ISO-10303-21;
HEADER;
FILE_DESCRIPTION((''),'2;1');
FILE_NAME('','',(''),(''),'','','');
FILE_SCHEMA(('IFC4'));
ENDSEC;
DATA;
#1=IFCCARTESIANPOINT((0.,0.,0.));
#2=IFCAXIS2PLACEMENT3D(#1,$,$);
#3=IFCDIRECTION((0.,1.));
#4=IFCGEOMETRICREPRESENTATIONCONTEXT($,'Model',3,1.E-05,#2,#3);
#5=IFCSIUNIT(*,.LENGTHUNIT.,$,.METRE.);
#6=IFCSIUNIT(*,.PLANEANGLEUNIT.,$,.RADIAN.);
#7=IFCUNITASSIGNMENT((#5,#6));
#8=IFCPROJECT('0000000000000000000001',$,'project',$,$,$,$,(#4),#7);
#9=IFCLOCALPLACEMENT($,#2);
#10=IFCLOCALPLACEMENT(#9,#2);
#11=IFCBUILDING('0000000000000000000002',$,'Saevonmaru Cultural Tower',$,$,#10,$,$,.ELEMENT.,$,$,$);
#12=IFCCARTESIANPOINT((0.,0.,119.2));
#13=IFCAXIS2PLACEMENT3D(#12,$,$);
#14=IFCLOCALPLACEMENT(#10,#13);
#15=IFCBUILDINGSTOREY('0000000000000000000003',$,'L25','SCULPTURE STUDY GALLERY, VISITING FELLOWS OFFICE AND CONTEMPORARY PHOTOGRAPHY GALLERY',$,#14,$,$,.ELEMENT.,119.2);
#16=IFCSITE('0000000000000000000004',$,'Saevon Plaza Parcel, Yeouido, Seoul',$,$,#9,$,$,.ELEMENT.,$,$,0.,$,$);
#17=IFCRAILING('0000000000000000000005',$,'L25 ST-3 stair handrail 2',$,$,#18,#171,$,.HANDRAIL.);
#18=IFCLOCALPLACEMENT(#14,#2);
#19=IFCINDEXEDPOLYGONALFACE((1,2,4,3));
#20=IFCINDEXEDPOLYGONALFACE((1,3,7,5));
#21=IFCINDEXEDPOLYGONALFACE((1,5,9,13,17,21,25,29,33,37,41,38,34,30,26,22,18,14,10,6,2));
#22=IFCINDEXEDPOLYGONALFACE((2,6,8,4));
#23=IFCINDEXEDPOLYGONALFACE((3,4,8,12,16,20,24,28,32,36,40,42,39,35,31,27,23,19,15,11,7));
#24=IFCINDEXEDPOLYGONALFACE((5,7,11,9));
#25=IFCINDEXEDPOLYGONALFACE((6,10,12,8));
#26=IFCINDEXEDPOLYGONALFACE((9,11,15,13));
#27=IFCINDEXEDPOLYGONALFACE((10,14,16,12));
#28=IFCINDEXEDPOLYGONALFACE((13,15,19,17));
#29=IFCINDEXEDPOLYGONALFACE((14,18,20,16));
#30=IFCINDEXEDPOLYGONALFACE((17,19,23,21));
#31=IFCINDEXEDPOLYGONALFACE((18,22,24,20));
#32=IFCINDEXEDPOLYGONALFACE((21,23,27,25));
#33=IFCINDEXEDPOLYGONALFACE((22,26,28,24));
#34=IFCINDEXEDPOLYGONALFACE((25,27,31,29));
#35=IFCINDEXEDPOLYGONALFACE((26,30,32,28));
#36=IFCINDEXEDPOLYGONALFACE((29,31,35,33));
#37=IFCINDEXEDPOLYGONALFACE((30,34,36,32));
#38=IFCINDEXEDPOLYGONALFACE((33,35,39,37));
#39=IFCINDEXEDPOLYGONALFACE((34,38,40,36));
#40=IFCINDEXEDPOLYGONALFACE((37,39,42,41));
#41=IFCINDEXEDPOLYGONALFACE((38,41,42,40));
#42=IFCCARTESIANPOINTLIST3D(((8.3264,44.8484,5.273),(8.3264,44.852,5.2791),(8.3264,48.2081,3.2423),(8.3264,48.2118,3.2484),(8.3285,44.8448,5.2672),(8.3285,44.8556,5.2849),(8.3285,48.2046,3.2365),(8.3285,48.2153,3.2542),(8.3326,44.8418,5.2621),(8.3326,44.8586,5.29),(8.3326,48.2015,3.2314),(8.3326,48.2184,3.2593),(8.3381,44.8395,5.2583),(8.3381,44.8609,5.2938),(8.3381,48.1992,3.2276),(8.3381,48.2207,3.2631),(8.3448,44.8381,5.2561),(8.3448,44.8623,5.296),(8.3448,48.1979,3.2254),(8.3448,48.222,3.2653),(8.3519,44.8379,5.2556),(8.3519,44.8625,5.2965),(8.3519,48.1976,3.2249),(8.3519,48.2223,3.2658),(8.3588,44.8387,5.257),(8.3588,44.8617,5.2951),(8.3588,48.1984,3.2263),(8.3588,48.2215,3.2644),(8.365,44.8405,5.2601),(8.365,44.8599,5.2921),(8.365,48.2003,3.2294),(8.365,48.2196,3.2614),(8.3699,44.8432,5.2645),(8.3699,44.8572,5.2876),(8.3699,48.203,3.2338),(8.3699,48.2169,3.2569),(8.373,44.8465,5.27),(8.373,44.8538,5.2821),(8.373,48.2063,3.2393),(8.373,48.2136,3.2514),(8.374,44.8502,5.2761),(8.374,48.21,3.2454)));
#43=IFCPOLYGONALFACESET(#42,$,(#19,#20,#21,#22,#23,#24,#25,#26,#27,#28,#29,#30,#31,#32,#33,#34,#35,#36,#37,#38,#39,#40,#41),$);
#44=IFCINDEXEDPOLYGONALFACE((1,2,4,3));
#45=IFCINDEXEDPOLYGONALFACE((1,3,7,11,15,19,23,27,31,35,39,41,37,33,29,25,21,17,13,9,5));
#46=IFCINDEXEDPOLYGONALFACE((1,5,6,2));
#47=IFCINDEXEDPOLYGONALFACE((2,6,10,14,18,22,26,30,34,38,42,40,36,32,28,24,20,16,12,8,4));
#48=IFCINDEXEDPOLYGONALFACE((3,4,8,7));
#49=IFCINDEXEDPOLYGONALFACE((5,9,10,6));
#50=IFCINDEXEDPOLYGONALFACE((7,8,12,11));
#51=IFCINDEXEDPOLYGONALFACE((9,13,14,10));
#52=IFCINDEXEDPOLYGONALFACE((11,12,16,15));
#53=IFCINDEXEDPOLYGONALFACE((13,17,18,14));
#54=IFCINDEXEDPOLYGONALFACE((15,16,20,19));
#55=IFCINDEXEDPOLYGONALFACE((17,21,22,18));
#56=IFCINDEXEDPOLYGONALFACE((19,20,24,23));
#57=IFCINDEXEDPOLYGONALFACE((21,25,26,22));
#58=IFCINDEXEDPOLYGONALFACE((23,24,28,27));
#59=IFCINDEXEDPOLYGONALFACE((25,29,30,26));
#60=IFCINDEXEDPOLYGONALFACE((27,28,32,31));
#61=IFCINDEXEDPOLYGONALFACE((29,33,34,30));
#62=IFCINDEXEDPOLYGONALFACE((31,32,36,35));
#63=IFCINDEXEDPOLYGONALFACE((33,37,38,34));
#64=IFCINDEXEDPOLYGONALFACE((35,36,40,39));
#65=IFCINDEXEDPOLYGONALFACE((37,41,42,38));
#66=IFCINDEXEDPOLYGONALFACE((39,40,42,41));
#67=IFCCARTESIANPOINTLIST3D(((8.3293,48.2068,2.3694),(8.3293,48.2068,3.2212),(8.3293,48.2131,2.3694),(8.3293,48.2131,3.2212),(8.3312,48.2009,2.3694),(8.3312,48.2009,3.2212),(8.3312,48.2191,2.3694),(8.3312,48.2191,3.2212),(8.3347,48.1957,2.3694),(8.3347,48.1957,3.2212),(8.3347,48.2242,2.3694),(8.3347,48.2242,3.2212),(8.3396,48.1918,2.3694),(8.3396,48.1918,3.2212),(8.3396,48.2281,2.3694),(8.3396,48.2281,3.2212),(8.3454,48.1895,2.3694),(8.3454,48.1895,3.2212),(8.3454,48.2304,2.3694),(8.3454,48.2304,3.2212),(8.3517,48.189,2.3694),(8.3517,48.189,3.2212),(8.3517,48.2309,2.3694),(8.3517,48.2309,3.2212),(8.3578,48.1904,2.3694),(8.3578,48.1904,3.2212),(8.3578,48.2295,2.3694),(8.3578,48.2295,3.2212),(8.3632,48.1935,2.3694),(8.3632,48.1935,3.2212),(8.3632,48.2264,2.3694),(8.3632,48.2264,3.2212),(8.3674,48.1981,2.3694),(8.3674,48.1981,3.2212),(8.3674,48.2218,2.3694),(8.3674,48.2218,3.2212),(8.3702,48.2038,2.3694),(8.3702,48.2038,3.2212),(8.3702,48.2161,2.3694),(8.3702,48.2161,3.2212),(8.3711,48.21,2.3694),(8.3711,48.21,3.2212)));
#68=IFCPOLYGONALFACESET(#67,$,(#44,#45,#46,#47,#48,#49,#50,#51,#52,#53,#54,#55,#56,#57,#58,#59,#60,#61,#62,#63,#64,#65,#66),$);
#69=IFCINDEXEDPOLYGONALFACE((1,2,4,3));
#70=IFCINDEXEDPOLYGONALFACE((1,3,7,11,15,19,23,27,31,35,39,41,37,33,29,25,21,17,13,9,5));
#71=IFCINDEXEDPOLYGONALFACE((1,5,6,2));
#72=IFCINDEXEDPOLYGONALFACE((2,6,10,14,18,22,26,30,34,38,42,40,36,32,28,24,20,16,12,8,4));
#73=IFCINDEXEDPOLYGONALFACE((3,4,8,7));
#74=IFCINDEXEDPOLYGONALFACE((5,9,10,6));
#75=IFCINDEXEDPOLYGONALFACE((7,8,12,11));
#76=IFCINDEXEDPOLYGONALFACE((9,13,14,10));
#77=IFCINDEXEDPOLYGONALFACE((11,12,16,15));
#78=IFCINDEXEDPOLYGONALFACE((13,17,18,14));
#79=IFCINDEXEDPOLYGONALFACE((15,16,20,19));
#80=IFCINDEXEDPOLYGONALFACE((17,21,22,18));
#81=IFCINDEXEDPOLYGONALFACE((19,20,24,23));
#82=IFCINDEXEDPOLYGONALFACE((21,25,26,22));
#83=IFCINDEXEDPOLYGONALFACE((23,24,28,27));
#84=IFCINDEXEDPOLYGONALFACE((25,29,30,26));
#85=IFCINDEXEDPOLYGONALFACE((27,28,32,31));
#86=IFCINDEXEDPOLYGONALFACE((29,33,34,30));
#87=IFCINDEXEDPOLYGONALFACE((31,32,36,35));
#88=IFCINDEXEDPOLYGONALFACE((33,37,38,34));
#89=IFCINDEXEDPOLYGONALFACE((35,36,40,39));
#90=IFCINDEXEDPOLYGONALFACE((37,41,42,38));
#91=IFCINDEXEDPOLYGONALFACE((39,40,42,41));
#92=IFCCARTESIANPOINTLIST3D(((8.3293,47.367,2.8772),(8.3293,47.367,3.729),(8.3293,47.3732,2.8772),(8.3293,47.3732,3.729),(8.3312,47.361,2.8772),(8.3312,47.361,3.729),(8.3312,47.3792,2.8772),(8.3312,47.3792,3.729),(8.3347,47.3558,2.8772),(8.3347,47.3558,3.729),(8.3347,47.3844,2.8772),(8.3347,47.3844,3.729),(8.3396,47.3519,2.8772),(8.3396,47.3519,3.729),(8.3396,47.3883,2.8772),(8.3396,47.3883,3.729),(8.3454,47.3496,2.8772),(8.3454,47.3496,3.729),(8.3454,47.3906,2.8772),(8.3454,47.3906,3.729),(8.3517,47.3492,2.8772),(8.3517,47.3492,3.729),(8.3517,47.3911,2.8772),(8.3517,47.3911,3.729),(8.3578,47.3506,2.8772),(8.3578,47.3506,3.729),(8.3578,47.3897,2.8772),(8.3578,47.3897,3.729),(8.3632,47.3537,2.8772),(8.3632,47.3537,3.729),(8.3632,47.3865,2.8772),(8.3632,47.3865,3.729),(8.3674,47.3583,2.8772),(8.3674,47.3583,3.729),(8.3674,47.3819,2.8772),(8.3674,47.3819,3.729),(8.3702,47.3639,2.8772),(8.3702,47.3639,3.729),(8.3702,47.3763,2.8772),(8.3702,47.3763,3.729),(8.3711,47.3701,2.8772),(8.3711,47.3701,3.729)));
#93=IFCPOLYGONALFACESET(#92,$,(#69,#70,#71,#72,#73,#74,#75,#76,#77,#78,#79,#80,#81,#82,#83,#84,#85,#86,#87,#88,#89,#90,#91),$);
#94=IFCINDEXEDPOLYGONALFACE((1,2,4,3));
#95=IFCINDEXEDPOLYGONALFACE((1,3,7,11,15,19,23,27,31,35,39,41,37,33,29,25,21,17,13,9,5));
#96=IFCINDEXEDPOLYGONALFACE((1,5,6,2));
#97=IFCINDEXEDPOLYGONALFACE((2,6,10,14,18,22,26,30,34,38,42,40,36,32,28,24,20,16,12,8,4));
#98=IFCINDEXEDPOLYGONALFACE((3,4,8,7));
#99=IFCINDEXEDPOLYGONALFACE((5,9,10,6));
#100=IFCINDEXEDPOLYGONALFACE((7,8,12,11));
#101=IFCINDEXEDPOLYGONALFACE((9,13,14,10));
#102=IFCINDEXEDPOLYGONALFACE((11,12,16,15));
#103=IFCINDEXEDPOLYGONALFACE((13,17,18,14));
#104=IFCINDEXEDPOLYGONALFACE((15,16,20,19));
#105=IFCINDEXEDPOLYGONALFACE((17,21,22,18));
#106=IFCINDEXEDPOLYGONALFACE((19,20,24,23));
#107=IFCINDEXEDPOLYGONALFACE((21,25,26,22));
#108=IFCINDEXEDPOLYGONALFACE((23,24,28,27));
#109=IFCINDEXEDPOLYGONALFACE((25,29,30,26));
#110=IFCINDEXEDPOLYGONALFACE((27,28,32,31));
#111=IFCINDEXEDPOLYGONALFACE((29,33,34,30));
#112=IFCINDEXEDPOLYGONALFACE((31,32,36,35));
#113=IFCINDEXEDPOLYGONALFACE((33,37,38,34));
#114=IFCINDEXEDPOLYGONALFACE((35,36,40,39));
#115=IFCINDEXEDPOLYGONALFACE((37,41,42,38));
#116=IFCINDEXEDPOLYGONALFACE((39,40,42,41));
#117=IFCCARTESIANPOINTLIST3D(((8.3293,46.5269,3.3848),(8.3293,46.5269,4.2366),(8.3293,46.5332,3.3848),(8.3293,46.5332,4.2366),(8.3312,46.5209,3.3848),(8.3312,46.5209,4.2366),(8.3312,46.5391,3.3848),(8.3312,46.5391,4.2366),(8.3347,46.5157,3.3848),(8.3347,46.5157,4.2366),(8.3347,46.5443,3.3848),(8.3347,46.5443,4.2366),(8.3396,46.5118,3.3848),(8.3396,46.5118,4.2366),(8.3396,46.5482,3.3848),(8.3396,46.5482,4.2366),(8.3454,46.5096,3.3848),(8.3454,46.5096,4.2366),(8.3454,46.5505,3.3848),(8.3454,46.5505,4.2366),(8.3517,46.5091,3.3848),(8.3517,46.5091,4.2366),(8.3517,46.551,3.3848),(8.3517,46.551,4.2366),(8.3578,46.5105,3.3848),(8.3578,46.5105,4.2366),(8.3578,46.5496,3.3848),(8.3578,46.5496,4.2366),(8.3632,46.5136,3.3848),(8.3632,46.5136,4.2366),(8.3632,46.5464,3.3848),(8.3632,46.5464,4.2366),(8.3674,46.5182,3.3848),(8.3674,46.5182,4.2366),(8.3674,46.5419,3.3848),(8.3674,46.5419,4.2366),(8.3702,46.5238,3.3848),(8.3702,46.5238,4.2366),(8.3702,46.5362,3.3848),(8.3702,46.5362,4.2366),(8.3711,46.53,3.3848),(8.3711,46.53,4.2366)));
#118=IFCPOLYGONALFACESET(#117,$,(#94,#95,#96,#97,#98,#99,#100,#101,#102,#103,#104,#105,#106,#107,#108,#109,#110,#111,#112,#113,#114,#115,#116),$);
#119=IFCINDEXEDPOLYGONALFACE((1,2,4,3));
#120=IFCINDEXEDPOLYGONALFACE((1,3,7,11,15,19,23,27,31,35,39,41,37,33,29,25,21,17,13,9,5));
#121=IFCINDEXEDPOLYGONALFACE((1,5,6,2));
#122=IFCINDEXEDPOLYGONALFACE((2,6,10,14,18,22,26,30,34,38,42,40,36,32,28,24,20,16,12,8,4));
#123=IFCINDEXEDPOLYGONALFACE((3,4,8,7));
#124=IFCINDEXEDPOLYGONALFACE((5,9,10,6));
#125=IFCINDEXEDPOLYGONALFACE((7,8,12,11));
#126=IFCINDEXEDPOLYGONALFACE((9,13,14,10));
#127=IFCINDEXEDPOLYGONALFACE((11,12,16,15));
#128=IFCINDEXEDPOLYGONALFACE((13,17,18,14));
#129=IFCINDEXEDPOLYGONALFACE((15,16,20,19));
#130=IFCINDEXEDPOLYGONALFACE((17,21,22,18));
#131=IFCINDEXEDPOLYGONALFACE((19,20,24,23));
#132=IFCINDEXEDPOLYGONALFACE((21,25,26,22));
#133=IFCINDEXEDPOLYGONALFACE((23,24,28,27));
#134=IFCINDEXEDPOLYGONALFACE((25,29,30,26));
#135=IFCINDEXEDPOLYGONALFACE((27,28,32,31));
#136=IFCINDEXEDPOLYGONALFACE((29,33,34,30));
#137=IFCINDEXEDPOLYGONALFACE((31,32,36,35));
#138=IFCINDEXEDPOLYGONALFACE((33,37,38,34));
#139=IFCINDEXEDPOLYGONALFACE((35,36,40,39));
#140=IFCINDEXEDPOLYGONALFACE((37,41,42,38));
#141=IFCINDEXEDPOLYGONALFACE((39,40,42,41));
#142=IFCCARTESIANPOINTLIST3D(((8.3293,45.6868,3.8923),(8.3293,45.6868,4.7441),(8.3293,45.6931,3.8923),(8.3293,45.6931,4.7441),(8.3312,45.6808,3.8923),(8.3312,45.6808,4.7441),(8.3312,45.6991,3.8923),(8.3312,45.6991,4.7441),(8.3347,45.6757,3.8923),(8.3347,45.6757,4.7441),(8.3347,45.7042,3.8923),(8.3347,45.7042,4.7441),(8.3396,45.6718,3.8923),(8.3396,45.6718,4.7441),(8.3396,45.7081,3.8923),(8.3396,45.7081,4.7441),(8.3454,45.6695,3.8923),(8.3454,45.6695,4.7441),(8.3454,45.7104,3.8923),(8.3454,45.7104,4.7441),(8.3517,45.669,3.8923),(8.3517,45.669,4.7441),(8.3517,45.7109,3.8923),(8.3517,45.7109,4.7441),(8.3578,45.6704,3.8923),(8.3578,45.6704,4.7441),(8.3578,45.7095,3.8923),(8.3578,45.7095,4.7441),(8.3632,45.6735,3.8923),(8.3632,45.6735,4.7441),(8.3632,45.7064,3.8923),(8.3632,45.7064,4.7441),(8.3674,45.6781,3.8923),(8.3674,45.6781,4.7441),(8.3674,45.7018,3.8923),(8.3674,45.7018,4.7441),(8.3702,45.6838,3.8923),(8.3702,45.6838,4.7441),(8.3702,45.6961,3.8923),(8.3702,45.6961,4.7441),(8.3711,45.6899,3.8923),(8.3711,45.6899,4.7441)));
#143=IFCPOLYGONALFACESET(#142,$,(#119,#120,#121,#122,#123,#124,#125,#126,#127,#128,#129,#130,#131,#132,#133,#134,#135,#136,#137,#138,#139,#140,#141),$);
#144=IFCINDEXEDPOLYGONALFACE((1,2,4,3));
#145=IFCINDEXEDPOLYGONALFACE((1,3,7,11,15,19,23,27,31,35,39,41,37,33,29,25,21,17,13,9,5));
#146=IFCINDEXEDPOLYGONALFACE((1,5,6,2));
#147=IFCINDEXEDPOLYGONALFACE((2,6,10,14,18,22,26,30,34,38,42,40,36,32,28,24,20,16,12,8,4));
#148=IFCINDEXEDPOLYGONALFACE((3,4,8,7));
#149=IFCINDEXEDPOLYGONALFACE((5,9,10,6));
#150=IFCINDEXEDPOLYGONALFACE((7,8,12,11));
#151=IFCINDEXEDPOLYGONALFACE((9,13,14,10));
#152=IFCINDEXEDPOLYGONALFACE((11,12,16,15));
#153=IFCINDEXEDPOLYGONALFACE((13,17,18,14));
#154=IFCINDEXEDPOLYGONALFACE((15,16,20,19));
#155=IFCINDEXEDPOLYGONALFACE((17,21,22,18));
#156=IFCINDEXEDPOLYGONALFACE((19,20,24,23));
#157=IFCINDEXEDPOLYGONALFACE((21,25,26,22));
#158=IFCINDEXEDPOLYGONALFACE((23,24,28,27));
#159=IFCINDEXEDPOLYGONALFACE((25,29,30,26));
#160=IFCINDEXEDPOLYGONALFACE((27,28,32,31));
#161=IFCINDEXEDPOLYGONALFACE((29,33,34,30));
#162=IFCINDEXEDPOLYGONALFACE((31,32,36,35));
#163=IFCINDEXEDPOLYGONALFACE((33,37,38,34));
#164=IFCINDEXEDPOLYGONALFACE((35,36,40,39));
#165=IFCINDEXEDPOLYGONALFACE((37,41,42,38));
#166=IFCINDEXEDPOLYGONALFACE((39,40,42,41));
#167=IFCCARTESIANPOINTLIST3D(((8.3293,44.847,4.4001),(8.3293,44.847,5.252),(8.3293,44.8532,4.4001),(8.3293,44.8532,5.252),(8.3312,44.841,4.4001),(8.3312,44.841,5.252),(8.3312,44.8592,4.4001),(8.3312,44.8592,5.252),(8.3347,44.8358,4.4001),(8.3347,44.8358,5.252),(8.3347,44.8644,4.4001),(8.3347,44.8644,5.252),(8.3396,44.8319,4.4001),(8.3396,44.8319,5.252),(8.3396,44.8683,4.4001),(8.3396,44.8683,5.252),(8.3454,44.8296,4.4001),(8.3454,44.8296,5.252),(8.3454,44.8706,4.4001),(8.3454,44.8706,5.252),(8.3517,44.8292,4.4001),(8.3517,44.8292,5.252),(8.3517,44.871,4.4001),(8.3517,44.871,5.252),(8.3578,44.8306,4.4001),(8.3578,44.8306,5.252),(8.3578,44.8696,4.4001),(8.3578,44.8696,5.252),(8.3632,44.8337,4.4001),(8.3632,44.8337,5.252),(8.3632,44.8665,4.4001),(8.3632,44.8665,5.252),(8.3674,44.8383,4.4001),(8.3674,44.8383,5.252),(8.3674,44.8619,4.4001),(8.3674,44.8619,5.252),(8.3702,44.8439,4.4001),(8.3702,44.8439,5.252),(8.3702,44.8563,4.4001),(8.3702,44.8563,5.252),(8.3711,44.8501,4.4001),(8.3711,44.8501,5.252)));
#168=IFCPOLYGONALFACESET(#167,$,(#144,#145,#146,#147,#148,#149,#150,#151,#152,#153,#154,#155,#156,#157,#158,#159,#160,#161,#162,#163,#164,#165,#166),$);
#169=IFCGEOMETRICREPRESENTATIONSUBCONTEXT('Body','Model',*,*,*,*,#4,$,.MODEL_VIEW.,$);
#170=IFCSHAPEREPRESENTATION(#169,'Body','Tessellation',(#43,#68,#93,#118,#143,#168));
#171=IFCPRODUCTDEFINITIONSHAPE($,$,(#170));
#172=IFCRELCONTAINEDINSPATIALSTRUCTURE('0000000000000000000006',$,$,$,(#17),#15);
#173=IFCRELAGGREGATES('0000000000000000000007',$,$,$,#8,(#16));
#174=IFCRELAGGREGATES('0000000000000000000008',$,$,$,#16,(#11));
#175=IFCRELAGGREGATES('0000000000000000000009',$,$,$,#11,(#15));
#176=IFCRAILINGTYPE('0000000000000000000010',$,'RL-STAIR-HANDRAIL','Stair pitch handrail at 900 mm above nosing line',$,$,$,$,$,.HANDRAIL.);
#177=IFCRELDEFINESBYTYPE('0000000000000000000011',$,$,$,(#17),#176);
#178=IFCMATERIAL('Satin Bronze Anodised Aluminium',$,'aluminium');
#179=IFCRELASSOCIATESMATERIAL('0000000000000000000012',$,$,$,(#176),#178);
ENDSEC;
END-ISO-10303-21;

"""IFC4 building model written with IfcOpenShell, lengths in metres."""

from ifc_helpers import new_model, si_unit, direction, frame, origin, origin_2d, place, context, subcontext, project, spatial, circle, extrude, material, type_object, element, save


model = new_model("IFC4")

# Units and contexts
model_context = context("Model", 3, precision=1e-05, world=origin(), true_north=direction((0.0, 1.0)))
body_context = subcontext(model_context, "Body", "Model", "MODEL_VIEW")
ifc_project = project(units=[si_unit("LENGTHUNIT", "METRE"), si_unit("PLANEANGLEUNIT", "RADIAN")], contexts=[model_context])

# Site, building, storey
site_placement = place(None, origin())
site = spatial("IfcSite", under=ifc_project, at=site_placement, Name="Saevon Plaza Parcel, Yeouido, Seoul", CompositionType="ELEMENT", RefElevation=0.0)
building_placement = place(site_placement, origin())
building = spatial("IfcBuilding", under=site, at=building_placement, Name="Saevonmaru Cultural Tower", CompositionType="ELEMENT")
storey_placement = place(building_placement, frame((0.0, 0.0, 119.2)))
storey = spatial("IfcBuildingStorey", under=building, at=storey_placement, Name="L25", Description="SCULPTURE STUDY GALLERY, VISITING FELLOWS OFFICE AND CONTEMPORARY PHOTOGRAPHY GALLERY", CompositionType="ELEMENT", Elevation=119.2)

# Shared definitions
ifc_material_1 = material(Name="Satin Bronze Anodised Aluminium", Category="aluminium")

# Railing
railing_type_1 = type_object("IfcRailingType", Name="RL-STAIR-HANDRAIL", Description="Stair pitch handrail at 900 mm above nosing line", PredefinedType="HANDRAIL", material=ifc_material_1)
railing_1_placement = place(storey_placement, frame((8.3501, 48.21, 2.3694)))
element("IfcRailing", 1, at=railing_1_placement, inside=storey, type_object=railing_type_1, Name="L25 ST-3 stair handrail 2", PredefinedType="HANDRAIL", context=body_context, shape_type="SweptSolid", body=[
    extrude(circle(Radius=0.0239, at=origin_2d()), frame((0.0, 0.0, 0.876), z_axis=(0.0, -0.85582, 0.517273), x_axis=(1.0, 0.0, 0.0)), (0.0, 0.0, 1.0), 3.9258),
    extrude(circle(Radius=0.021, at=origin_2d()), origin(), (0.0, 0.0, 1.0), 0.8518),
    extrude(circle(Radius=0.021, at=origin_2d()), frame((0.0, -0.8398, 0.5078)), (0.0, 0.0, 1.0), 0.8518),
    extrude(circle(Radius=0.021, at=origin_2d()), frame((0.0, -1.6799, 1.0154)), (0.0, 0.0, 1.0), 0.8518),
    extrude(circle(Radius=0.021, at=origin_2d()), frame((0.0, -2.52, 1.5229)), (0.0, 0.0, 1.0), 0.8518),
    extrude(circle(Radius=0.021, at=origin_2d()), frame((0.0, -3.3599, 2.0308)), (0.0, 0.0, 1.0), 0.8518),
])

save(model, "model.ifc")
